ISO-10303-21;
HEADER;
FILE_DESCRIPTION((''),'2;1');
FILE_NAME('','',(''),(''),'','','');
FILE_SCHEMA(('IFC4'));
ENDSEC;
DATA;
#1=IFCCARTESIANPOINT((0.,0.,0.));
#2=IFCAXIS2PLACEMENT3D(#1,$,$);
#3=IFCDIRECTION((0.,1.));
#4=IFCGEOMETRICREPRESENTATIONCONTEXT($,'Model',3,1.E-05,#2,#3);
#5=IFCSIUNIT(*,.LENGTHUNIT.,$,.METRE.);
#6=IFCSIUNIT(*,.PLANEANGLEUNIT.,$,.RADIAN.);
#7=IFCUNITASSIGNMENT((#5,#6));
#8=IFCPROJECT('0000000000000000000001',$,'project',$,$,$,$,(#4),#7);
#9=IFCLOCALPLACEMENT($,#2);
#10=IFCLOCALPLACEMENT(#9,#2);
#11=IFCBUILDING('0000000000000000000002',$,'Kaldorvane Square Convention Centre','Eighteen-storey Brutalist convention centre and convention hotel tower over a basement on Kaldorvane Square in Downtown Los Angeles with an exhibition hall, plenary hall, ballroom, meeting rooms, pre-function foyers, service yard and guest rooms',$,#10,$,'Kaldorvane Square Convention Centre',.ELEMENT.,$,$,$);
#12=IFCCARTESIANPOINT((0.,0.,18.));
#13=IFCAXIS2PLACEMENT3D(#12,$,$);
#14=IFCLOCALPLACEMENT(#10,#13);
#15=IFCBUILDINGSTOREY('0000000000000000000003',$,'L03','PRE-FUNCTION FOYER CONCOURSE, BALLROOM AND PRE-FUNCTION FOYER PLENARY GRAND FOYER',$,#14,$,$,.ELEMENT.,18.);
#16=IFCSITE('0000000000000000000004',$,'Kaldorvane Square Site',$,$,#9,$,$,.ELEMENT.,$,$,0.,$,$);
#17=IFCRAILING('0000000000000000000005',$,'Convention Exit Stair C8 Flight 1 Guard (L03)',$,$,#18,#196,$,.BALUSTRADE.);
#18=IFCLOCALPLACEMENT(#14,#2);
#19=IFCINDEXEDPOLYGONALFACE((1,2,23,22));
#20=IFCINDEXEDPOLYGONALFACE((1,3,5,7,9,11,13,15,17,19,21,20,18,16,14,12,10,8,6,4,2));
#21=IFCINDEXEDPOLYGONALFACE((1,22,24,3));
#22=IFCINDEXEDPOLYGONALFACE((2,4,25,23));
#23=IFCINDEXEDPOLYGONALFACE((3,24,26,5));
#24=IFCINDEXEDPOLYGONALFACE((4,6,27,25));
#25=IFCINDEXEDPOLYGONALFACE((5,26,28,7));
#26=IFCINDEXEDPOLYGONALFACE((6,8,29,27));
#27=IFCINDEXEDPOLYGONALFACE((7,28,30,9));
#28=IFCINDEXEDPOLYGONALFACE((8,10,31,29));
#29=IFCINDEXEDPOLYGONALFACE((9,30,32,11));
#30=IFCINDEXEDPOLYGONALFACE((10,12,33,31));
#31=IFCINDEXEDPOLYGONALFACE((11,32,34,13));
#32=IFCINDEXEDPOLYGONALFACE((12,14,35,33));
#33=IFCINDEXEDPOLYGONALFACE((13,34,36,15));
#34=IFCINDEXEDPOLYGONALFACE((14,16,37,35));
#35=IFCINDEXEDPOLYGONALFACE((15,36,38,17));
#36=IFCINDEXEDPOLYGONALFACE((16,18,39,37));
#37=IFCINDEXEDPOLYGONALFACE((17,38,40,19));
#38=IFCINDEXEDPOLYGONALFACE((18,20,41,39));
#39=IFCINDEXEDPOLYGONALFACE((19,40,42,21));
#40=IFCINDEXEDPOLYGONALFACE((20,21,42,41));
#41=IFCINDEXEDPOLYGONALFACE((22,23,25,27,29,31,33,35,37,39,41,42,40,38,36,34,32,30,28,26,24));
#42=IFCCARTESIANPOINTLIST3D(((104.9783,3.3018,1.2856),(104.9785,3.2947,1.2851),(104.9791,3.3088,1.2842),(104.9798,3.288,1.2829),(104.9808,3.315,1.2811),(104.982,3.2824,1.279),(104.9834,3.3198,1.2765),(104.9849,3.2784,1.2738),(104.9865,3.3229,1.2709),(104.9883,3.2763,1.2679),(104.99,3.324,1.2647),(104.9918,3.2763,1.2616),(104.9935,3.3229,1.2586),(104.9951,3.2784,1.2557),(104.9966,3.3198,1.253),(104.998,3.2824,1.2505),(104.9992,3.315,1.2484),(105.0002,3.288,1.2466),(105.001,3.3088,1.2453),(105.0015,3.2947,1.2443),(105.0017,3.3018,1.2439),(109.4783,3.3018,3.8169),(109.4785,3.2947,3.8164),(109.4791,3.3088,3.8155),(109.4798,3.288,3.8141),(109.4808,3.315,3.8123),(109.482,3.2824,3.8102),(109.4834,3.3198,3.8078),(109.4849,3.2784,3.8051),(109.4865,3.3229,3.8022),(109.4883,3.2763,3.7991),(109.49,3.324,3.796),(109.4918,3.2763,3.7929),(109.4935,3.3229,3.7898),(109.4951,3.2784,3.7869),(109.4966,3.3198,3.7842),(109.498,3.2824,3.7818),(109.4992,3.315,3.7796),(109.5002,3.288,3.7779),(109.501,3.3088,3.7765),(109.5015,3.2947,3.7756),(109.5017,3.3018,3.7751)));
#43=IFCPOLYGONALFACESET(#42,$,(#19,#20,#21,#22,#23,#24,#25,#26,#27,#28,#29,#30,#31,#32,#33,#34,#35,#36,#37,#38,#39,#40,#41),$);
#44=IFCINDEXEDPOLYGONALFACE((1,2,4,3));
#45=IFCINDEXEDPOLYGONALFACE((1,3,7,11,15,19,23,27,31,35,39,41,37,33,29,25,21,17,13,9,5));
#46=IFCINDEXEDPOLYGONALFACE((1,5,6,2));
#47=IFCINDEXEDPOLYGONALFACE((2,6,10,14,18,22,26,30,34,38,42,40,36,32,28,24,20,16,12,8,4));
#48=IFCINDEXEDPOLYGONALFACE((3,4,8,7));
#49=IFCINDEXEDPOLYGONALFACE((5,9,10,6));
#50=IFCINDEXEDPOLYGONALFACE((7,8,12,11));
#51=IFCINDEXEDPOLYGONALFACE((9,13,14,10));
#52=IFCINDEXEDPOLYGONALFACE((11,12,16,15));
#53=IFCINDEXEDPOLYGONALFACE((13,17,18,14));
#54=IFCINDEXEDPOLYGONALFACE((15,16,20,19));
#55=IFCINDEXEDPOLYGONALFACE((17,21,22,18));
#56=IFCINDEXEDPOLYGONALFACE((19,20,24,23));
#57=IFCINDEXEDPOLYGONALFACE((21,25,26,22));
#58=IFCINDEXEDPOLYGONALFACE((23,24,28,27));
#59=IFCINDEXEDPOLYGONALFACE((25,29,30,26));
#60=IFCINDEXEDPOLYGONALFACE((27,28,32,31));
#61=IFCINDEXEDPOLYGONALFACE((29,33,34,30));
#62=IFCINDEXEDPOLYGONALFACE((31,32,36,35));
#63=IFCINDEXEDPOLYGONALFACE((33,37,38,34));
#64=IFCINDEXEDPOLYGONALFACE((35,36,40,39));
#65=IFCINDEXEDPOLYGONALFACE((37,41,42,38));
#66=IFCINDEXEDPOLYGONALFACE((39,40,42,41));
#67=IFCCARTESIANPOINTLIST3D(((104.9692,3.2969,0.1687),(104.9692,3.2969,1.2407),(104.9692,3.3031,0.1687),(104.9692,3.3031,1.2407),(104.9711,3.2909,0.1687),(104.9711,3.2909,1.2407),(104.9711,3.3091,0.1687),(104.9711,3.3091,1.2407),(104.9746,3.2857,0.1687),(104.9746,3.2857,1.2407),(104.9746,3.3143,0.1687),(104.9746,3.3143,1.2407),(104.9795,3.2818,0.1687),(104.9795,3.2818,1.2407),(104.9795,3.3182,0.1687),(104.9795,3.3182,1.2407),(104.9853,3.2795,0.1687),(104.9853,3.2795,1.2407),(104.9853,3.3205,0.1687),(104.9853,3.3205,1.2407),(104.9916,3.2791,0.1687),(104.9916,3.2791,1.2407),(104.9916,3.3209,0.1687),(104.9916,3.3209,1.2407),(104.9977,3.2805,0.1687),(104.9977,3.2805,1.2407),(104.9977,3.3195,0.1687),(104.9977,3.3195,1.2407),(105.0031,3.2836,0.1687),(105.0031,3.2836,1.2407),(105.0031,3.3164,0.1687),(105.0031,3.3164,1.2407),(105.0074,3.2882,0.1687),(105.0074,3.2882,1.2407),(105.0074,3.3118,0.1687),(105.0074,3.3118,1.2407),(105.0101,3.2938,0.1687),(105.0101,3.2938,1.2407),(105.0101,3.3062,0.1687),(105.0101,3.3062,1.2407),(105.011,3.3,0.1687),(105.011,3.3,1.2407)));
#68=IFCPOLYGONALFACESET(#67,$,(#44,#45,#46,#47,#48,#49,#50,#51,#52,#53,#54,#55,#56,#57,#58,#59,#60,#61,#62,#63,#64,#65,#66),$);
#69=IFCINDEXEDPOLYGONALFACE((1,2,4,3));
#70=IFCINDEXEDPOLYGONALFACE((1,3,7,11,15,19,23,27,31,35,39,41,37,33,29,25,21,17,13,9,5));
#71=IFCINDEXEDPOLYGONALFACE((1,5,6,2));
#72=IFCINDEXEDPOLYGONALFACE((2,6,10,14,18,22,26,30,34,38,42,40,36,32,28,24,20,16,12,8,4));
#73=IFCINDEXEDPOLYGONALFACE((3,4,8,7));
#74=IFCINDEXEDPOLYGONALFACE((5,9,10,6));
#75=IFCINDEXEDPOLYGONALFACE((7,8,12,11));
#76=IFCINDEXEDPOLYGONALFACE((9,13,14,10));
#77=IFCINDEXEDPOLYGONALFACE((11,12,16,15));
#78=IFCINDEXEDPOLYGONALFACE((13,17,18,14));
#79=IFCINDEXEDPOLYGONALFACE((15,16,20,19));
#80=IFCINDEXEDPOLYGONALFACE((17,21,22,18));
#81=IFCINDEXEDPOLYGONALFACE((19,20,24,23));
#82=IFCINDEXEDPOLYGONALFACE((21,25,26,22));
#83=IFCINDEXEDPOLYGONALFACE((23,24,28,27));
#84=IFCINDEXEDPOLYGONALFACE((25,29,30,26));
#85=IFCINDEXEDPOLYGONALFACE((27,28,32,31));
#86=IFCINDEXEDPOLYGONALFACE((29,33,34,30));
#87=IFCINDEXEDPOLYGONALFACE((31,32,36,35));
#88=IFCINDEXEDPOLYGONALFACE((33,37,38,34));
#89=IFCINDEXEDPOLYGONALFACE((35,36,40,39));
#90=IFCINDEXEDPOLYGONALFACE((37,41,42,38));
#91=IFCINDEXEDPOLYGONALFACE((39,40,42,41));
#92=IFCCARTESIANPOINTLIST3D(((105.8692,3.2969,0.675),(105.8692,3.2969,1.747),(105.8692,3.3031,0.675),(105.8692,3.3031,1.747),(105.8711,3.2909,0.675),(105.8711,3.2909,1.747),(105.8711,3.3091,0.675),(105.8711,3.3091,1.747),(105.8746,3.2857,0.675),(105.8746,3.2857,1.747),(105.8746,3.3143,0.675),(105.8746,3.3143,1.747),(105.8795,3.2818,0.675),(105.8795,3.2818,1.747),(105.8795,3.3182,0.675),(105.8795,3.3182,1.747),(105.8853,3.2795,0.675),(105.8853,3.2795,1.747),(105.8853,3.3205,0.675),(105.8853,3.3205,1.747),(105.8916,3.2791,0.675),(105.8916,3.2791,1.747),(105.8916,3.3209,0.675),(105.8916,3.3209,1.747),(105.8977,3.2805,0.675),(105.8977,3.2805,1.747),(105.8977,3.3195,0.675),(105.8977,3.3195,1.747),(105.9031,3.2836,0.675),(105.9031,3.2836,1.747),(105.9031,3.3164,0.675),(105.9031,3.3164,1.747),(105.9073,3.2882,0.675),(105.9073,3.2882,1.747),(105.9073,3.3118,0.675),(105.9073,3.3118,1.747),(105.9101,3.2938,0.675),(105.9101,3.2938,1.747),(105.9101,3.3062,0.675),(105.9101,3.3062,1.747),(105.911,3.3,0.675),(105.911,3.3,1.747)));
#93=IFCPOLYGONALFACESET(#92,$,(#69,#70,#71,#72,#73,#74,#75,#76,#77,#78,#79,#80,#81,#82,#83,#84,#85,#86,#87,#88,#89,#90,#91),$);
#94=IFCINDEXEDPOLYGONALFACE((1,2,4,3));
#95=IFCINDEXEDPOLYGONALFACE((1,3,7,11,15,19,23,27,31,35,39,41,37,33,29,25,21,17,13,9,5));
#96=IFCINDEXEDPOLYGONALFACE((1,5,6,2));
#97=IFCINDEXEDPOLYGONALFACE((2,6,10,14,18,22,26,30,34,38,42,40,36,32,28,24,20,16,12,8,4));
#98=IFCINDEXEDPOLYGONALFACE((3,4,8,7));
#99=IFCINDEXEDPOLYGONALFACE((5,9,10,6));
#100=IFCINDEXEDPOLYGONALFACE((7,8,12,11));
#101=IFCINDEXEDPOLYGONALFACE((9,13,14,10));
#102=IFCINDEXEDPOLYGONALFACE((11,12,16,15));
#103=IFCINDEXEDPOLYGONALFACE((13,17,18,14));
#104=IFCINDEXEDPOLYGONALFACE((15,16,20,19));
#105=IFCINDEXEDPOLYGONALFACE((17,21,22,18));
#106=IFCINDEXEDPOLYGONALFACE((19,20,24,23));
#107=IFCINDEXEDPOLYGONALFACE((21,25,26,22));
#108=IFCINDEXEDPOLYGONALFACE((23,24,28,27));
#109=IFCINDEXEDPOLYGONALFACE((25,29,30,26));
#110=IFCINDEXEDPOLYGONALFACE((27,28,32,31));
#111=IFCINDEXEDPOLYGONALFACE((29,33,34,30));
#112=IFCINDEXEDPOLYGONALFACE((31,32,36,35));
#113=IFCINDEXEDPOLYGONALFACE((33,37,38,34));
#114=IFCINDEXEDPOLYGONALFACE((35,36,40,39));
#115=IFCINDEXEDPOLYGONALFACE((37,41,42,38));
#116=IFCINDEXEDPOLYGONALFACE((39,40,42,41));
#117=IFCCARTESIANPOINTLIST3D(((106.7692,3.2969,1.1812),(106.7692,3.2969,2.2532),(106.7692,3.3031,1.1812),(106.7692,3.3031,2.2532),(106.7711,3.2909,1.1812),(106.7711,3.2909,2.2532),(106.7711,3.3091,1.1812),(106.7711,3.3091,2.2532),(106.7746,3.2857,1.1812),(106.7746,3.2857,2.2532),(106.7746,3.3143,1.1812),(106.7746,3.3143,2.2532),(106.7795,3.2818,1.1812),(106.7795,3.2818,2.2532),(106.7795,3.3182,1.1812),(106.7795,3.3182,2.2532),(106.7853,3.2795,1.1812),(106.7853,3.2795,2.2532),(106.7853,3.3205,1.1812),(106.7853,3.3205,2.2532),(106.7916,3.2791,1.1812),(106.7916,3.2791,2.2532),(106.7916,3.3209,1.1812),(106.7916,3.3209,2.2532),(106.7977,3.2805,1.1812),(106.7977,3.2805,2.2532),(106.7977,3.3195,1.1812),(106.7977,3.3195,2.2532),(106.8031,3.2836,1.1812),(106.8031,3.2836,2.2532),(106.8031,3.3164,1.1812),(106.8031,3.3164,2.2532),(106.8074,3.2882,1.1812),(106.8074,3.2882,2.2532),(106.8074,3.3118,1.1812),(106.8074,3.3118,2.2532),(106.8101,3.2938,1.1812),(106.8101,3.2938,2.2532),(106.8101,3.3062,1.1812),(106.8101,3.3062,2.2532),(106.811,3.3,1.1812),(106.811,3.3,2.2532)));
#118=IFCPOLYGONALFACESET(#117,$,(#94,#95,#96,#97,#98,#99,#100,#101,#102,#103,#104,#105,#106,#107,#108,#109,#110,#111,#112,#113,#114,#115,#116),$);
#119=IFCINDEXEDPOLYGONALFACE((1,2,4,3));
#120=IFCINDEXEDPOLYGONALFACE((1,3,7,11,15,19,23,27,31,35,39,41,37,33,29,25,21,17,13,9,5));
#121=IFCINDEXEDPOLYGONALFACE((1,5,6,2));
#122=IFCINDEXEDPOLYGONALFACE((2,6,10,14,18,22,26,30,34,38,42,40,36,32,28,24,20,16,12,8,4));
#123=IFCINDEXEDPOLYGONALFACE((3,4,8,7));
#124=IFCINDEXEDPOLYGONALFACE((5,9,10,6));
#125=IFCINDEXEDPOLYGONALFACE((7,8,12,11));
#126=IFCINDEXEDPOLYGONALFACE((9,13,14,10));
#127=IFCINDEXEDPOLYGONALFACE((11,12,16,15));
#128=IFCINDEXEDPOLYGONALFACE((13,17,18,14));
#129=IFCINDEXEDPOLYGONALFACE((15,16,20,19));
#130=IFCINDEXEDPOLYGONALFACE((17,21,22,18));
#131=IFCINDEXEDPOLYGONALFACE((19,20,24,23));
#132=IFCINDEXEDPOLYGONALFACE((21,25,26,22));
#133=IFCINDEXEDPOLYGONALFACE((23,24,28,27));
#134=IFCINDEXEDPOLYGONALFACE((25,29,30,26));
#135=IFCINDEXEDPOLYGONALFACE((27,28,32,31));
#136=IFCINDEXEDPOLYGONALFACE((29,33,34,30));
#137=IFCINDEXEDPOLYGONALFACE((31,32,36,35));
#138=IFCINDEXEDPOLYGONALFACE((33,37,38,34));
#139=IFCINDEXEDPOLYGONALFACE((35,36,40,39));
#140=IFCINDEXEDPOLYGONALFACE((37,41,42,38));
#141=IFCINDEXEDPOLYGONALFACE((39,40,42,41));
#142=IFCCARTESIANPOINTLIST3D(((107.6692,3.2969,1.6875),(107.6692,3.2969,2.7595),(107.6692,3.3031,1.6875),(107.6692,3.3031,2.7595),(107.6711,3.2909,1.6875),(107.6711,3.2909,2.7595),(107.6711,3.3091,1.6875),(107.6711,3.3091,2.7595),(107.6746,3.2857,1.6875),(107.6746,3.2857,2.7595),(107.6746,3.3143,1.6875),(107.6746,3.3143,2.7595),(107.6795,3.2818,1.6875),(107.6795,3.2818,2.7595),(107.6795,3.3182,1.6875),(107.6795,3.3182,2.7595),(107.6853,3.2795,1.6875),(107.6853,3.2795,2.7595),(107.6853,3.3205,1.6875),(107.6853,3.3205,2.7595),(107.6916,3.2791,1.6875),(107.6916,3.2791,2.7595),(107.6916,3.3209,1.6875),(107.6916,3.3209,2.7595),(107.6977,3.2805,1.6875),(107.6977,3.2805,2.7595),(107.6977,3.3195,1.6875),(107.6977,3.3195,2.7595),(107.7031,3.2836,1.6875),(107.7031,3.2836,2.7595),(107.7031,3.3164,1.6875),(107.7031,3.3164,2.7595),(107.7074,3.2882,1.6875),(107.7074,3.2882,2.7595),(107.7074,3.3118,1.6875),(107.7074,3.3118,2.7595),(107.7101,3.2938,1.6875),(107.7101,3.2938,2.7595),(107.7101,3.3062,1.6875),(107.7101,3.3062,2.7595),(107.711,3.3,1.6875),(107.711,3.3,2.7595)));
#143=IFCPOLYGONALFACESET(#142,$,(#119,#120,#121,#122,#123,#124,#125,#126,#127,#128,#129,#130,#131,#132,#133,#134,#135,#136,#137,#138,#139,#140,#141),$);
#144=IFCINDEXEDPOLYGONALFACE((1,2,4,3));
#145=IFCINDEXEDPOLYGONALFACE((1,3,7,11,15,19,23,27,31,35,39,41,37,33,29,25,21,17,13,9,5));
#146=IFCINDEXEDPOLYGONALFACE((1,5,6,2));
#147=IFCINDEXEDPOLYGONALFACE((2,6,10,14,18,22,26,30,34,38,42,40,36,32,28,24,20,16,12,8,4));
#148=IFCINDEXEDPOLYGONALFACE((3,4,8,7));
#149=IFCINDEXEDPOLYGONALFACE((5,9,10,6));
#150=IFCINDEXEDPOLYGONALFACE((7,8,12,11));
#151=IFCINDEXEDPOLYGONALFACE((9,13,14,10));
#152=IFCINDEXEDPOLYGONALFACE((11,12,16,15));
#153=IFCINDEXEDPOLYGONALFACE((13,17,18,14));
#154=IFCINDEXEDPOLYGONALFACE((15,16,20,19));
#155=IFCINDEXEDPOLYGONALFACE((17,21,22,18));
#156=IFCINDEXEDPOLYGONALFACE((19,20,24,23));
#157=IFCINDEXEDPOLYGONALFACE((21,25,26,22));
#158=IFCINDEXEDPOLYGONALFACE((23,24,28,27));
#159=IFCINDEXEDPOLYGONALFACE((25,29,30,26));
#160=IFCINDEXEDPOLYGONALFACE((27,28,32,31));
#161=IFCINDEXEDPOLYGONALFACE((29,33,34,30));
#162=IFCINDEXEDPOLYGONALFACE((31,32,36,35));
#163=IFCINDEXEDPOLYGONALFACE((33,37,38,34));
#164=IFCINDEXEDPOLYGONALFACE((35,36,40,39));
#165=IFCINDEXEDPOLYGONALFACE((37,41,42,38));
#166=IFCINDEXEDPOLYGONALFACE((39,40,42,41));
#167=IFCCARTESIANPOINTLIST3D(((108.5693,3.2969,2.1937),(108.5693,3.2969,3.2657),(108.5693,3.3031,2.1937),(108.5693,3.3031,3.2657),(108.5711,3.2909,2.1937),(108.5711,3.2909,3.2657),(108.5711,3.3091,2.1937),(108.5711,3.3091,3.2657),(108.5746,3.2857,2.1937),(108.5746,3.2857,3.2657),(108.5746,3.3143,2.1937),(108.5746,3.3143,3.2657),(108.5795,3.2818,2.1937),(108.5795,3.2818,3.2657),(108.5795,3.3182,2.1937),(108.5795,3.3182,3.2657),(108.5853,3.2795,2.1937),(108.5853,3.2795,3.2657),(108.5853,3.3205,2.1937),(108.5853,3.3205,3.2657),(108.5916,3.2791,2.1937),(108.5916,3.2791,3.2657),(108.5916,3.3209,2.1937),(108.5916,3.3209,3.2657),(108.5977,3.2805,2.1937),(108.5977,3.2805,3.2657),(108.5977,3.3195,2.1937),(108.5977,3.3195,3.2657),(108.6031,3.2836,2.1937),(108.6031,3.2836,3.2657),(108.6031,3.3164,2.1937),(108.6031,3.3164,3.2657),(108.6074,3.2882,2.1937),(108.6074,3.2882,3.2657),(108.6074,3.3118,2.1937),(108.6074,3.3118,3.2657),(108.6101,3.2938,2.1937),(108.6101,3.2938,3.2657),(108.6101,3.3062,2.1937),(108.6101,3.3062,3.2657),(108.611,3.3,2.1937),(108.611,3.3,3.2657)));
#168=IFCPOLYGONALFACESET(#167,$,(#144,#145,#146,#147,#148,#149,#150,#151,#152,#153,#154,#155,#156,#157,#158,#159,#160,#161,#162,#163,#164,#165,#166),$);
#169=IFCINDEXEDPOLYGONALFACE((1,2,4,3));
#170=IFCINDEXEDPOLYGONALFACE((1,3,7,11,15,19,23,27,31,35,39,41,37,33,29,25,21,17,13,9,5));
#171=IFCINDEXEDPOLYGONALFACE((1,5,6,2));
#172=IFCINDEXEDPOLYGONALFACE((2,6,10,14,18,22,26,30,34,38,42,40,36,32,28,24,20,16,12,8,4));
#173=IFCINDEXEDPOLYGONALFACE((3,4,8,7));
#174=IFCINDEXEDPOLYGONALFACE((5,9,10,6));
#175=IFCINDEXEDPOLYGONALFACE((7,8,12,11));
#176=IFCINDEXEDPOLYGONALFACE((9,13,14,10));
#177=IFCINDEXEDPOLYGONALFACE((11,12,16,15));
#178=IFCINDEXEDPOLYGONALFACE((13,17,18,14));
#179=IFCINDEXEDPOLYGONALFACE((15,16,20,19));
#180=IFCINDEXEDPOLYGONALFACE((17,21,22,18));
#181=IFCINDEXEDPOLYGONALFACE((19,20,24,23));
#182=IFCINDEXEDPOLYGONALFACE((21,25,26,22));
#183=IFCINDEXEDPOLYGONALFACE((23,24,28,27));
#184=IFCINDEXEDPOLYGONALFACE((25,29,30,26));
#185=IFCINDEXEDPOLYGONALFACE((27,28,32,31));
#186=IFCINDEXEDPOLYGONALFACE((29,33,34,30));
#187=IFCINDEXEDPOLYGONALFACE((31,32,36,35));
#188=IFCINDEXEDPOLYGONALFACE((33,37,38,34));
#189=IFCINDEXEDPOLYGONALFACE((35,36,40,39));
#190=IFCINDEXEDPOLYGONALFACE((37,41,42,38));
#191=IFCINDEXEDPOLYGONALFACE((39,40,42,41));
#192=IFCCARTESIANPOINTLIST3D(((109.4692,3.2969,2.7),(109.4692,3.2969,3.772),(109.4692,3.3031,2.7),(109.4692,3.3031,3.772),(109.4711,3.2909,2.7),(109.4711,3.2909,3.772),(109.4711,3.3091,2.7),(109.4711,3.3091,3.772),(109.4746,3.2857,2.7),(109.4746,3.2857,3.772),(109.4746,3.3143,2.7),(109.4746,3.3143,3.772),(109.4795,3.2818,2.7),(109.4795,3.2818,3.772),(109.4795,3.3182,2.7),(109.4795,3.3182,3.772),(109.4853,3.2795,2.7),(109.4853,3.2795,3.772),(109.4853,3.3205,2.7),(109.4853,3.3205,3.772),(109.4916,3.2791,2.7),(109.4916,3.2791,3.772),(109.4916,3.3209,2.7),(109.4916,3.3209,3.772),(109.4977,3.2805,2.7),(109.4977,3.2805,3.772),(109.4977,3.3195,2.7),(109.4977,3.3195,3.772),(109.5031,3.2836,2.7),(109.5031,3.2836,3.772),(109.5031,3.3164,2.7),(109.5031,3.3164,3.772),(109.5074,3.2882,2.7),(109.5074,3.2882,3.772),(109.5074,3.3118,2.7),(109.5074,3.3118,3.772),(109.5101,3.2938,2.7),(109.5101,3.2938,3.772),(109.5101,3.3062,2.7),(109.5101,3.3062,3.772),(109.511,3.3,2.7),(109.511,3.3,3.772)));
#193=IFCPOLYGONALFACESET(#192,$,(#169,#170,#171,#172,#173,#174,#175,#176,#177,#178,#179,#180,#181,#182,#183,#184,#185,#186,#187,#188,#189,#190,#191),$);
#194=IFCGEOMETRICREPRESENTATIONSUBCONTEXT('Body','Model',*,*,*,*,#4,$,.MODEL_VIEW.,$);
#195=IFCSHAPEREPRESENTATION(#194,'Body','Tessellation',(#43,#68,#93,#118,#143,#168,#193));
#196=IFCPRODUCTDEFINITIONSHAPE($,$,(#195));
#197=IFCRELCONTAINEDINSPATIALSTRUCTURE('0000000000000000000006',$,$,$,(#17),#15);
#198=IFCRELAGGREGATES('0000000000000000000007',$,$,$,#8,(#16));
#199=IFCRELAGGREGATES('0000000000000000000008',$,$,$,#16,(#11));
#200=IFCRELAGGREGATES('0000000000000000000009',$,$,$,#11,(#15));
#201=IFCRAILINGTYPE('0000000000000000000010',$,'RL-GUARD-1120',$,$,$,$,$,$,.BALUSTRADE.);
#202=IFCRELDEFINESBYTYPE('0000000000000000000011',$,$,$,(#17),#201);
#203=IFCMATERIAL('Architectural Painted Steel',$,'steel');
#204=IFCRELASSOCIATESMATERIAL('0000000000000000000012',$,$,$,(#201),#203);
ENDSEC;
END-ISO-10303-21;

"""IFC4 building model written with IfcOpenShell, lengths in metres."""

from ifc_helpers import new_model, si_unit, direction, frame, origin, origin_2d, place, context, subcontext, project, spatial, circle, extrude, material, type_object, element, save


model = new_model("IFC4")

# Units and contexts
model_context = context("Model", 3, precision=1e-05, world=origin(), true_north=direction((0.0, 1.0)))
body_context = subcontext(model_context, "Body", "Model", "MODEL_VIEW")
ifc_project = project(units=[si_unit("LENGTHUNIT", "METRE"), si_unit("PLANEANGLEUNIT", "RADIAN")], contexts=[model_context])

# Site, building, storey
site_placement = place(None, origin())
site = spatial("IfcSite", under=ifc_project, at=site_placement, Name="Kaldorvane Square Site", CompositionType="ELEMENT", RefElevation=0.0)
building_placement = place(site_placement, origin())
building = spatial("IfcBuilding", under=site, at=building_placement, Name="Kaldorvane Square Convention Centre", Description="Eighteen-storey Brutalist convention centre and convention hotel tower over a basement on Kaldorvane Square in Downtown Los Angeles with an exhibition hall, plenary hall, ballroom, meeting rooms, pre-function foyers, service yard and guest rooms", LongName="Kaldorvane Square Convention Centre", CompositionType="ELEMENT")
storey_placement = place(building_placement, frame((0.0, 0.0, 18.0)))
storey = spatial("IfcBuildingStorey", under=building, at=storey_placement, Name="L03", Description="PRE-FUNCTION FOYER CONCOURSE, BALLROOM AND PRE-FUNCTION FOYER PLENARY GRAND FOYER", CompositionType="ELEMENT", Elevation=18.0)

# Railing
ifc_material_1 = material(Name="Architectural Painted Steel", Category="steel")
railing_type_1 = type_object("IfcRailingType", Name="RL-GUARD-1120", PredefinedType="BALUSTRADE", material=ifc_material_1)
railing_1_placement = place(storey_placement, frame((104.99, 3.3, 0.1687)))
element("IfcRailing", 1, at=railing_1_placement, inside=storey, type_object=railing_type_1, Name="Convention Exit Stair C8 Flight 1 Guard (L03)", PredefinedType="BALUSTRADE", context=body_context, shape_type="SweptSolid", body=[
    extrude(circle(Radius=0.024, at=origin_2d()), frame((0.0, 0.0, 1.096), z_axis=(0.871576, 0.0, 0.490261), x_axis=(0.0, 1.0, 0.0)), (0.0, 0.0, 1.0), 5.1631),
    extrude(circle(Radius=0.021, at=origin_2d()), origin(), (0.0, 0.0, 1.0), 1.072),
    extrude(circle(Radius=0.021, at=origin_2d()), frame((0.9, 0.0, 0.5063)), (0.0, 0.0, 1.0), 1.072),
    extrude(circle(Radius=0.021, at=origin_2d()), frame((1.8, 0.0, 1.0125)), (0.0, 0.0, 1.0), 1.072),
    extrude(circle(Radius=0.021, at=origin_2d()), frame((2.7, 0.0, 1.5188)), (0.0, 0.0, 1.0), 1.072),
    extrude(circle(Radius=0.021, at=origin_2d()), frame((3.6, 0.0, 2.025)), (0.0, 0.0, 1.0), 1.072),
    extrude(circle(Radius=0.021, at=origin_2d()), frame((4.5, 0.0, 2.5312)), (0.0, 0.0, 1.0), 1.072),
])

save(model, "model.ifc")
